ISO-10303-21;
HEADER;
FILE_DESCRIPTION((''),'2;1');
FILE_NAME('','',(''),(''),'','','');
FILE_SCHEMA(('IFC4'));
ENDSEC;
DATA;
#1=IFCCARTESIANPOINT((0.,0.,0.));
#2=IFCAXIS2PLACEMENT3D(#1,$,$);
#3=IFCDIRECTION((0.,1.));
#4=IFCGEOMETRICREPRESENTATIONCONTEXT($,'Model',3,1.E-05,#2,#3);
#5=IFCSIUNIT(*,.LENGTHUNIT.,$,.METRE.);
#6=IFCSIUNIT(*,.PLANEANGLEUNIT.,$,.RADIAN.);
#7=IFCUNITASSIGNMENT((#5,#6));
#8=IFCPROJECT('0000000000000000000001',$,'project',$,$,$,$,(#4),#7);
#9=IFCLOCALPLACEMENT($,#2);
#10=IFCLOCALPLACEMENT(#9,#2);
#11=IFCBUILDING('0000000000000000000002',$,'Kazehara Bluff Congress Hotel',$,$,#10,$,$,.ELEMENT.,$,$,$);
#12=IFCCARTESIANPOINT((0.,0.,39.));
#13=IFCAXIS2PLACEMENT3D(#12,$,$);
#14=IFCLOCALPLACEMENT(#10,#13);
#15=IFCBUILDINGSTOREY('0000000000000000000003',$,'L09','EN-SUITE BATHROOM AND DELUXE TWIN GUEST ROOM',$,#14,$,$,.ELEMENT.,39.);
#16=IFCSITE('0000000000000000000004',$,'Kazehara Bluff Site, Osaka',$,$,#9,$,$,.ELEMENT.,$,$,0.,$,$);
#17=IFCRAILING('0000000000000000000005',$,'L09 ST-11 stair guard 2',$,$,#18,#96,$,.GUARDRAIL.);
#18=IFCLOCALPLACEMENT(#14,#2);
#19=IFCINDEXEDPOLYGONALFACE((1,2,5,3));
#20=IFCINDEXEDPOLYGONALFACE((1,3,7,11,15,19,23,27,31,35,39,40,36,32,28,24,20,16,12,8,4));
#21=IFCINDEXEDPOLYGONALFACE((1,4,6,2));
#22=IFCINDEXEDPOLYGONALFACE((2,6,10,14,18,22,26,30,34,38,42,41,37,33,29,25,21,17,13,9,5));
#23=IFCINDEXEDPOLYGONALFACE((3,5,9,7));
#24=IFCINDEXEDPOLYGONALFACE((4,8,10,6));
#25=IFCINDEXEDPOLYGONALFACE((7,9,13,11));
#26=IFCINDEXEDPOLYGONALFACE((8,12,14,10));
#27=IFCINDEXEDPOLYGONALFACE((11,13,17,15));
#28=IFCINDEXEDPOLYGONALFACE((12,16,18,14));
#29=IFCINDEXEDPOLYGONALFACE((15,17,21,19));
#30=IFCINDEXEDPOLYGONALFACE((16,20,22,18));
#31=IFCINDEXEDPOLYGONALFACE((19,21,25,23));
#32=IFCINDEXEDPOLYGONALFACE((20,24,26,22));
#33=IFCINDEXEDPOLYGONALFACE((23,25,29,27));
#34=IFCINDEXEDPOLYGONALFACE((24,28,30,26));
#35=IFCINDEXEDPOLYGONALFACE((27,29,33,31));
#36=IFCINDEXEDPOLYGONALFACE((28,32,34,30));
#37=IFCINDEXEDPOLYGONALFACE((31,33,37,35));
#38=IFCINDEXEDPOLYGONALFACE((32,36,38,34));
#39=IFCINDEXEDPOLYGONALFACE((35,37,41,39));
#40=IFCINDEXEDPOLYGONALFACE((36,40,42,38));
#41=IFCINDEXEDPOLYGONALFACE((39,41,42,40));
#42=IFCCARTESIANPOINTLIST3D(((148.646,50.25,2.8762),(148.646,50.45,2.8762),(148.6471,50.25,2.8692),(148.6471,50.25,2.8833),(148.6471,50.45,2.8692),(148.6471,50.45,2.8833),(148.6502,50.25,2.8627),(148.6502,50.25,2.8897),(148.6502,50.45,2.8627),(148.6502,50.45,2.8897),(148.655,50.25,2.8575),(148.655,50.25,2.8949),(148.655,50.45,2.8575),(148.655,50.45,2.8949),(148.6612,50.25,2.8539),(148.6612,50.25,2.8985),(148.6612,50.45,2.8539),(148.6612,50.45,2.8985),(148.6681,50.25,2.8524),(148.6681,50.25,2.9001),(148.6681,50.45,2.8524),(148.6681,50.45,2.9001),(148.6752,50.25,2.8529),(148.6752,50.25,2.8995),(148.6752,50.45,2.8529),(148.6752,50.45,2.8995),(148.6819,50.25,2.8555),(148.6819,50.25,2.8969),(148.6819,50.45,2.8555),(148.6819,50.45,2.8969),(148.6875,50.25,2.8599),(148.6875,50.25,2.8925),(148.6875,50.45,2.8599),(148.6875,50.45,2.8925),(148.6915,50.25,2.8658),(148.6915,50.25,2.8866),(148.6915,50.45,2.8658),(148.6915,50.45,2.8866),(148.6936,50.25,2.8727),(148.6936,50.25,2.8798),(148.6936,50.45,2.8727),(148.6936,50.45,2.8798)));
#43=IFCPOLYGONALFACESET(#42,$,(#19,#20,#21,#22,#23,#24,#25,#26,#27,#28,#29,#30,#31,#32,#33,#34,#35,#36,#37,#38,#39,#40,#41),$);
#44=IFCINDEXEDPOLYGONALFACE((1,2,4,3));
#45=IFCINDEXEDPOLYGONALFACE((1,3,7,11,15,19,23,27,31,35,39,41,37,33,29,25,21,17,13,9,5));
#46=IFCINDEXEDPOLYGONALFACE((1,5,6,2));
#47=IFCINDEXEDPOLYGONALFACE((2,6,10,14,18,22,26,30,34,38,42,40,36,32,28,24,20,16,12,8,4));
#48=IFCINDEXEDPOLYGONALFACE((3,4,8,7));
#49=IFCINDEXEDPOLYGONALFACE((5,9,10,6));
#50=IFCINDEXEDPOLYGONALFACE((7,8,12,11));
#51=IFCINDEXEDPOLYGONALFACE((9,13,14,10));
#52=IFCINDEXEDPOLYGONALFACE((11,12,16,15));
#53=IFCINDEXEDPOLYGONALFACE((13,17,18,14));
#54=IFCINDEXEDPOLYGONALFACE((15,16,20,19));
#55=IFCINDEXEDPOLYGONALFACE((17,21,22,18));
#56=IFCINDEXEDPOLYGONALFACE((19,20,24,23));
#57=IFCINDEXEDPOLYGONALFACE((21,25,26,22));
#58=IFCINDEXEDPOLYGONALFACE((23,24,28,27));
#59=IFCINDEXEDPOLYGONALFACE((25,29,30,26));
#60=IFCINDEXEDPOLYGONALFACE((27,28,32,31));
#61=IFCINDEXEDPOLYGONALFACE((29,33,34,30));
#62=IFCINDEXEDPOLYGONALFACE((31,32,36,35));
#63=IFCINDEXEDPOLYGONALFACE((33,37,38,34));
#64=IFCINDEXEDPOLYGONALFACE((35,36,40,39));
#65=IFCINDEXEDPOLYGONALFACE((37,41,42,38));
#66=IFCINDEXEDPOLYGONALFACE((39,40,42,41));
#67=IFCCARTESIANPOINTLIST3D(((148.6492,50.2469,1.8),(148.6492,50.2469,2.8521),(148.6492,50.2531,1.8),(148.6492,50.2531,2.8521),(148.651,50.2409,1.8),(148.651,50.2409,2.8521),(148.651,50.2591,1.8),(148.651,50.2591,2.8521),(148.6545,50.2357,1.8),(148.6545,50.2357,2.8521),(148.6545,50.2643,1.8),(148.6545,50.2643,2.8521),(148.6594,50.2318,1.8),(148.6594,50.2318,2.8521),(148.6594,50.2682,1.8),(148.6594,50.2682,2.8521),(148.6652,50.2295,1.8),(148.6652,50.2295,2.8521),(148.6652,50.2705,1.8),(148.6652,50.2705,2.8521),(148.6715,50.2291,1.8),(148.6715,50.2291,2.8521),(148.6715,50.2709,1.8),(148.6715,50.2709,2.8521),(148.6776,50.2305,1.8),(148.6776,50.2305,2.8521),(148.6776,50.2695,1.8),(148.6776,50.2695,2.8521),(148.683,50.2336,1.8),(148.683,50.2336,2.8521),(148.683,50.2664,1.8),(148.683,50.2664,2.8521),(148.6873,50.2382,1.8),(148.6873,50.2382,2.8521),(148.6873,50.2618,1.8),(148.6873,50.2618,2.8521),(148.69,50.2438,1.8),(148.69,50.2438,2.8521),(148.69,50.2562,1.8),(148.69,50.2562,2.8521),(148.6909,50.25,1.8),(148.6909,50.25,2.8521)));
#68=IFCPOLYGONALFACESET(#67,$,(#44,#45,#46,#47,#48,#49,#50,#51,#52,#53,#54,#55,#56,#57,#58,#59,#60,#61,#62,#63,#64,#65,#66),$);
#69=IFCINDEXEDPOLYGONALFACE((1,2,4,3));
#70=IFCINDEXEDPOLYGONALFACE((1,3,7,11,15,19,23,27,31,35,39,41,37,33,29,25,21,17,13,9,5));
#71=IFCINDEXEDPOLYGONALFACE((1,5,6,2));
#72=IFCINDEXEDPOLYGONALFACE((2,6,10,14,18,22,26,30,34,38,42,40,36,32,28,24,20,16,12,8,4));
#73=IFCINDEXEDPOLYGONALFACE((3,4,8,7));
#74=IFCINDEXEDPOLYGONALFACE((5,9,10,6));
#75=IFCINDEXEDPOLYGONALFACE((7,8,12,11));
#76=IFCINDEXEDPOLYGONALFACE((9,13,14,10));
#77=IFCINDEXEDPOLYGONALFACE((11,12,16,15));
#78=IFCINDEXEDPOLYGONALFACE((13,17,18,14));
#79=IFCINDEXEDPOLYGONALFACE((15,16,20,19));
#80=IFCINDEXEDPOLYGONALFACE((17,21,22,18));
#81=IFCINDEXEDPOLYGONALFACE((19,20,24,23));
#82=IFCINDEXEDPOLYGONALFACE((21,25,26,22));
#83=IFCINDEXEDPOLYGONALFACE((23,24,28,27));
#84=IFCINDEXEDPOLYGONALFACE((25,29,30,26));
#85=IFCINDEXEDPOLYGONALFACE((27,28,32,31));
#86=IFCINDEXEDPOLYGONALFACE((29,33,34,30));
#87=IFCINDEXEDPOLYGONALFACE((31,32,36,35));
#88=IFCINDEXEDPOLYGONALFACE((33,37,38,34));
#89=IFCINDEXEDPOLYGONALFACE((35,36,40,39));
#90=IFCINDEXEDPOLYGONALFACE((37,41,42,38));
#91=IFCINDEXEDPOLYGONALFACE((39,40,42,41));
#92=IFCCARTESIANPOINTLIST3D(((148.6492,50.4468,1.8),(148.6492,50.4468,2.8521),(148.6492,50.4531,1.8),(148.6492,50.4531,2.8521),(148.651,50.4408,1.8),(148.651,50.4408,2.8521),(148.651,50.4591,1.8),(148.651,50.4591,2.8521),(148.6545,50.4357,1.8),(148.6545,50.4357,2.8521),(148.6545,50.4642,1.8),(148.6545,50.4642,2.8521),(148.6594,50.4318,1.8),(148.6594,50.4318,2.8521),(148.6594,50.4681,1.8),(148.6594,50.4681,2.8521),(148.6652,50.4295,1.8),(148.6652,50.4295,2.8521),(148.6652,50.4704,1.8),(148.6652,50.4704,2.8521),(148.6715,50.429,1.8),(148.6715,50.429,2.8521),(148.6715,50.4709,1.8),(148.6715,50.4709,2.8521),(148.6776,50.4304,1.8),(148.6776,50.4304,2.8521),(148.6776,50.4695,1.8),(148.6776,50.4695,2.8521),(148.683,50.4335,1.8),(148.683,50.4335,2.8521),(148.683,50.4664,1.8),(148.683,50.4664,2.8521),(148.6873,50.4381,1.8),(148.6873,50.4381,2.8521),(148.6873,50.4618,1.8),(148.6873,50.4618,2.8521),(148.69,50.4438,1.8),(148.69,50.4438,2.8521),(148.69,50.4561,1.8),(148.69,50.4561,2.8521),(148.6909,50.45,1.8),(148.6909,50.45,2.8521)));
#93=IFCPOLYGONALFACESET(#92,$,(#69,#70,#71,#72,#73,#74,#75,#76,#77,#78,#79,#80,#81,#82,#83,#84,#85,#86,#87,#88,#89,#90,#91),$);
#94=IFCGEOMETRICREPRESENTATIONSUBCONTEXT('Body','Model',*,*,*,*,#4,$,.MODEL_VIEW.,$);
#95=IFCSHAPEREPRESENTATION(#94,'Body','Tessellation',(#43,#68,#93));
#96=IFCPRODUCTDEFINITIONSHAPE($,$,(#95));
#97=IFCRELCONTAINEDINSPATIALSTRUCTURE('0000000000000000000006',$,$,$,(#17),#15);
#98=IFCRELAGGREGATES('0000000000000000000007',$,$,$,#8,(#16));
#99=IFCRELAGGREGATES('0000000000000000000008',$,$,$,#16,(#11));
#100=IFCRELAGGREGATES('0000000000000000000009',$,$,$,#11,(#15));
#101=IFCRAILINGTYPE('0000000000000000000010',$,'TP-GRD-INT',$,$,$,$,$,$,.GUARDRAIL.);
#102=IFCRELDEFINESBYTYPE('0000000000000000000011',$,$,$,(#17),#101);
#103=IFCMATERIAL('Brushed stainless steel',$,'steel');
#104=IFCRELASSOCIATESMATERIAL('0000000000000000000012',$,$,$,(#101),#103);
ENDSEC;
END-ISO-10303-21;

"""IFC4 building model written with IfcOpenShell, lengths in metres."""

from ifc_helpers import new_model, si_unit, direction, frame, origin, origin_2d, place, context, subcontext, project, spatial, circle, extrude, material, type_object, element, save


model = new_model("IFC4")

# Units and contexts
model_context = context("Model", 3, precision=1e-05, world=origin(), true_north=direction((0.0, 1.0)))
body_context = subcontext(model_context, "Body", "Model", "MODEL_VIEW")
ifc_project = project(units=[si_unit("LENGTHUNIT", "METRE"), si_unit("PLANEANGLEUNIT", "RADIAN")], contexts=[model_context])

# Site, building, storey
site_placement = place(None, origin())
site = spatial("IfcSite", under=ifc_project, at=site_placement, Name="Kazehara Bluff Site, Osaka", CompositionType="ELEMENT", RefElevation=0.0)
building_placement = place(site_placement, origin())
building = spatial("IfcBuilding", under=site, at=building_placement, Name="Kazehara Bluff Congress Hotel", CompositionType="ELEMENT")
storey_placement = place(building_placement, frame((0.0, 0.0, 39.0)))
storey = spatial("IfcBuildingStorey", under=building, at=storey_placement, Name="L09", Description="EN-SUITE BATHROOM AND DELUXE TWIN GUEST ROOM", CompositionType="ELEMENT", Elevation=39.0)

# Railing
ifc_material_1 = material(Name="Brushed stainless steel", Category="steel")
railing_type_1 = type_object("IfcRailingType", Name="TP-GRD-INT", PredefinedType="GUARDRAIL", material=ifc_material_1)
railing_1_placement = place(storey_placement, frame((148.6699, 50.25, 1.8)))
element("IfcRailing", 1, at=railing_1_placement, inside=storey, type_object=railing_type_1, Name="L09 ST-11 stair guard 2", PredefinedType="GUARDRAIL", context=body_context, shape_type="SweptSolid", body=[
    extrude(circle(Radius=0.0239, at=origin_2d()), frame((0.0, 0.0, 1.0762), z_axis=(0.0, 1.0, 0.0), x_axis=(-1.0, 0.0, 0.0)), (0.0, 0.0, 1.0), 0.2),
    extrude(circle(Radius=0.021, at=origin_2d()), origin(), (0.0, 0.0, 1.0), 1.052),
    extrude(circle(Radius=0.021, at=origin_2d()), frame((0.0, 0.2, 0.0)), (0.0, 0.0, 1.0), 1.052),
])

save(model, "model.ifc")
